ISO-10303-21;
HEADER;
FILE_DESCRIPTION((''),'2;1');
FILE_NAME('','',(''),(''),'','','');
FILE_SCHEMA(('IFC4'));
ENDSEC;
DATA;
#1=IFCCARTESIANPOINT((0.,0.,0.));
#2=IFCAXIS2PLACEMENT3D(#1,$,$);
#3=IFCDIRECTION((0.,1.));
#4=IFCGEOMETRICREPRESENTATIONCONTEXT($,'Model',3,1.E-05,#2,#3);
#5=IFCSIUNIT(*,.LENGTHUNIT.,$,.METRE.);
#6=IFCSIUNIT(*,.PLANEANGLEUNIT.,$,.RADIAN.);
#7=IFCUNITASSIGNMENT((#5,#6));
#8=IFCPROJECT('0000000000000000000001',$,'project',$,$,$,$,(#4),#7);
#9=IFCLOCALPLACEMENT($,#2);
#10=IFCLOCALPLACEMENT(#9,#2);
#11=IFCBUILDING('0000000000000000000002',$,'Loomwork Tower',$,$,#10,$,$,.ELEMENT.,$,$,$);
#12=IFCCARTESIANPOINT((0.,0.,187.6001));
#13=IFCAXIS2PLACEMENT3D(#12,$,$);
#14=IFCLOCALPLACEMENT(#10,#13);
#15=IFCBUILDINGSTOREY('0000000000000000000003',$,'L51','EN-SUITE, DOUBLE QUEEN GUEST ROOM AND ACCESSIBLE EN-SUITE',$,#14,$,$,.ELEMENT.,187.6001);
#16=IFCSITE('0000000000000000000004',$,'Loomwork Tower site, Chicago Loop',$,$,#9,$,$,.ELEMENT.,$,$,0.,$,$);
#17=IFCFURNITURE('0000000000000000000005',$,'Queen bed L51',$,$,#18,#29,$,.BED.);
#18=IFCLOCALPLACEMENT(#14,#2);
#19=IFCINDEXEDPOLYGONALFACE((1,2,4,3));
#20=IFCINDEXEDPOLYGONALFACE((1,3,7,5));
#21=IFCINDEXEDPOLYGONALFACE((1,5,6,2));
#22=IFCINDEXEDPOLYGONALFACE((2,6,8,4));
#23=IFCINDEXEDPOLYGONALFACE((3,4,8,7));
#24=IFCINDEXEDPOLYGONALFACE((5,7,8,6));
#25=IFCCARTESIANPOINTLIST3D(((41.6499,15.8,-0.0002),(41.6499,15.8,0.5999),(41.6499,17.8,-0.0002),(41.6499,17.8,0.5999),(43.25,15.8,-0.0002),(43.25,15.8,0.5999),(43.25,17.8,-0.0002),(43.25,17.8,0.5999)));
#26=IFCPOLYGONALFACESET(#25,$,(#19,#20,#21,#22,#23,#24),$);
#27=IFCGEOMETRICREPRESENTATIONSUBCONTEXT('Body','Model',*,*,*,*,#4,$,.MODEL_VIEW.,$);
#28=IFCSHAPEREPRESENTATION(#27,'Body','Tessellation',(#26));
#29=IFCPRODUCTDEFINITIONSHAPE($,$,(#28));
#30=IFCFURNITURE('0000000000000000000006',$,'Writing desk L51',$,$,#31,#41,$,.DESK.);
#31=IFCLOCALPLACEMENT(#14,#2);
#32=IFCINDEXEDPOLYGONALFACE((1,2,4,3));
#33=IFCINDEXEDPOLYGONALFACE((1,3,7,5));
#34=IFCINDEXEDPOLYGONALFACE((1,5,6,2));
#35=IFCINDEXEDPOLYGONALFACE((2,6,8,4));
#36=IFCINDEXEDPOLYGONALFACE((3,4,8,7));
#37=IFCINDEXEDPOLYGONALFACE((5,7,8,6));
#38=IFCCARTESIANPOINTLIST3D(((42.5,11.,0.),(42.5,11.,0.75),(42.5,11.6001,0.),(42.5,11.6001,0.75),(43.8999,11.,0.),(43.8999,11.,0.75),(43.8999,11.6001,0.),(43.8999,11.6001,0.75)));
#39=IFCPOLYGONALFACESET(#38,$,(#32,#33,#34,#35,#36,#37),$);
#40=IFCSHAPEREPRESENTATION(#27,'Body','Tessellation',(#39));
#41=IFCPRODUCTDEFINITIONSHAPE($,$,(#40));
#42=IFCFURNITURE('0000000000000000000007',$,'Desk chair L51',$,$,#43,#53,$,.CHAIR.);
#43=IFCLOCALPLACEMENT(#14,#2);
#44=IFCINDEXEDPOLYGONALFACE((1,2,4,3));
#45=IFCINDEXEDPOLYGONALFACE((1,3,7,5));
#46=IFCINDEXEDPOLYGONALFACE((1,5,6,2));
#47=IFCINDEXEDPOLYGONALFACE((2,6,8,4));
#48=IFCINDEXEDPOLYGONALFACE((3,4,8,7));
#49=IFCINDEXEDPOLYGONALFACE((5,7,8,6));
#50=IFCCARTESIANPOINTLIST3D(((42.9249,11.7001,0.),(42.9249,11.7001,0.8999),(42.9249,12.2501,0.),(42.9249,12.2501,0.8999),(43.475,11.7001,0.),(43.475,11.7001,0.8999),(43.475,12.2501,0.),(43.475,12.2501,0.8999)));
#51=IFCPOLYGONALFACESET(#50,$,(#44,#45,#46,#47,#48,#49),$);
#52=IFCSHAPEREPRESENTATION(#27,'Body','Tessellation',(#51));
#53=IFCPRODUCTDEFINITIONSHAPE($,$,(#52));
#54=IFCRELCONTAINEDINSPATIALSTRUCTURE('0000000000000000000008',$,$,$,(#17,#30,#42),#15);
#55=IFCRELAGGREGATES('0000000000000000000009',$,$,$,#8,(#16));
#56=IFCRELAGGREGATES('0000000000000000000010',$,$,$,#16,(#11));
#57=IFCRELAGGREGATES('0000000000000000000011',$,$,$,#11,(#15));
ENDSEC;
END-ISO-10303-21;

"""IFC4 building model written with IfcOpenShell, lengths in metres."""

from ifc_helpers import new_model, si_unit, direction, frame, origin, origin_2d, place, context, subcontext, project, spatial, rectangle, extrude, element, save


model = new_model("IFC4")

# Units and contexts
model_context = context("Model", 3, precision=1e-05, world=origin(), true_north=direction((0.0, 1.0)))
body_context = subcontext(model_context, "Body", "Model", "MODEL_VIEW")
ifc_project = project(units=[si_unit("LENGTHUNIT", "METRE"), si_unit("PLANEANGLEUNIT", "RADIAN")], contexts=[model_context])

# Site, building, storey
site_placement = place(None, origin())
site = spatial("IfcSite", under=ifc_project, at=site_placement, Name="Loomwork Tower site, Chicago Loop", CompositionType="ELEMENT", RefElevation=0.0)
building_placement = place(site_placement, origin())
building = spatial("IfcBuilding", under=site, at=building_placement, Name="Loomwork Tower", CompositionType="ELEMENT")
storey_placement = place(building_placement, frame((0.0, 0.0, 187.6001)))
storey = spatial("IfcBuildingStorey", under=building, at=storey_placement, Name="L51", Description="EN-SUITE, DOUBLE QUEEN GUEST ROOM AND ACCESSIBLE EN-SUITE", CompositionType="ELEMENT", Elevation=187.6001)

# Furniture
for number, where, z_axis, x_axis, name in (
    (1, (42.45, 16.8, -0.0002), (0.0, 0.0, 1.0), (1.0, 0.0, 0.0), "Queen bed L51"),
):
    element("IfcFurniture", number, at=place(storey_placement, frame(where, z_axis=z_axis, x_axis=x_axis)), inside=storey, Name=name, PredefinedType="BED", context=body_context, shape_type="SweptSolid", body=[
        extrude(rectangle(XDim=1.6001, YDim=2.0, at=origin_2d()), origin(), (0.0, 0.0, 1.0), 0.6001),
    ])
furniture_1_placement = place(storey_placement, frame((43.2, 11.3, 0.0), z_axis=(0.0, 0.0, 1.0), x_axis=(1.0, 0.0, 0.0)))
element("IfcFurniture", 2, at=furniture_1_placement, inside=storey, Name="Writing desk L51", PredefinedType="DESK", context=body_context, shape_type="SweptSolid", body=[
    extrude(rectangle(XDim=1.3999, YDim=0.6001, at=origin_2d()), origin(), (0.0, 0.0, 1.0), 0.75),
])
furniture_2_placement = place(storey_placement, frame((43.2, 11.9751, 0.0), z_axis=(0.0, 0.0, 1.0), x_axis=(1.0, 0.0, 0.0)))
element("IfcFurniture", 3, at=furniture_2_placement, inside=storey, Name="Desk chair L51", PredefinedType="CHAIR", context=body_context, shape_type="SweptSolid", body=[
    extrude(rectangle(XDim=0.55, YDim=0.55, at=origin_2d()), origin(), (0.0, 0.0, 1.0), 0.8999),
])

save(model, "model.ifc")
